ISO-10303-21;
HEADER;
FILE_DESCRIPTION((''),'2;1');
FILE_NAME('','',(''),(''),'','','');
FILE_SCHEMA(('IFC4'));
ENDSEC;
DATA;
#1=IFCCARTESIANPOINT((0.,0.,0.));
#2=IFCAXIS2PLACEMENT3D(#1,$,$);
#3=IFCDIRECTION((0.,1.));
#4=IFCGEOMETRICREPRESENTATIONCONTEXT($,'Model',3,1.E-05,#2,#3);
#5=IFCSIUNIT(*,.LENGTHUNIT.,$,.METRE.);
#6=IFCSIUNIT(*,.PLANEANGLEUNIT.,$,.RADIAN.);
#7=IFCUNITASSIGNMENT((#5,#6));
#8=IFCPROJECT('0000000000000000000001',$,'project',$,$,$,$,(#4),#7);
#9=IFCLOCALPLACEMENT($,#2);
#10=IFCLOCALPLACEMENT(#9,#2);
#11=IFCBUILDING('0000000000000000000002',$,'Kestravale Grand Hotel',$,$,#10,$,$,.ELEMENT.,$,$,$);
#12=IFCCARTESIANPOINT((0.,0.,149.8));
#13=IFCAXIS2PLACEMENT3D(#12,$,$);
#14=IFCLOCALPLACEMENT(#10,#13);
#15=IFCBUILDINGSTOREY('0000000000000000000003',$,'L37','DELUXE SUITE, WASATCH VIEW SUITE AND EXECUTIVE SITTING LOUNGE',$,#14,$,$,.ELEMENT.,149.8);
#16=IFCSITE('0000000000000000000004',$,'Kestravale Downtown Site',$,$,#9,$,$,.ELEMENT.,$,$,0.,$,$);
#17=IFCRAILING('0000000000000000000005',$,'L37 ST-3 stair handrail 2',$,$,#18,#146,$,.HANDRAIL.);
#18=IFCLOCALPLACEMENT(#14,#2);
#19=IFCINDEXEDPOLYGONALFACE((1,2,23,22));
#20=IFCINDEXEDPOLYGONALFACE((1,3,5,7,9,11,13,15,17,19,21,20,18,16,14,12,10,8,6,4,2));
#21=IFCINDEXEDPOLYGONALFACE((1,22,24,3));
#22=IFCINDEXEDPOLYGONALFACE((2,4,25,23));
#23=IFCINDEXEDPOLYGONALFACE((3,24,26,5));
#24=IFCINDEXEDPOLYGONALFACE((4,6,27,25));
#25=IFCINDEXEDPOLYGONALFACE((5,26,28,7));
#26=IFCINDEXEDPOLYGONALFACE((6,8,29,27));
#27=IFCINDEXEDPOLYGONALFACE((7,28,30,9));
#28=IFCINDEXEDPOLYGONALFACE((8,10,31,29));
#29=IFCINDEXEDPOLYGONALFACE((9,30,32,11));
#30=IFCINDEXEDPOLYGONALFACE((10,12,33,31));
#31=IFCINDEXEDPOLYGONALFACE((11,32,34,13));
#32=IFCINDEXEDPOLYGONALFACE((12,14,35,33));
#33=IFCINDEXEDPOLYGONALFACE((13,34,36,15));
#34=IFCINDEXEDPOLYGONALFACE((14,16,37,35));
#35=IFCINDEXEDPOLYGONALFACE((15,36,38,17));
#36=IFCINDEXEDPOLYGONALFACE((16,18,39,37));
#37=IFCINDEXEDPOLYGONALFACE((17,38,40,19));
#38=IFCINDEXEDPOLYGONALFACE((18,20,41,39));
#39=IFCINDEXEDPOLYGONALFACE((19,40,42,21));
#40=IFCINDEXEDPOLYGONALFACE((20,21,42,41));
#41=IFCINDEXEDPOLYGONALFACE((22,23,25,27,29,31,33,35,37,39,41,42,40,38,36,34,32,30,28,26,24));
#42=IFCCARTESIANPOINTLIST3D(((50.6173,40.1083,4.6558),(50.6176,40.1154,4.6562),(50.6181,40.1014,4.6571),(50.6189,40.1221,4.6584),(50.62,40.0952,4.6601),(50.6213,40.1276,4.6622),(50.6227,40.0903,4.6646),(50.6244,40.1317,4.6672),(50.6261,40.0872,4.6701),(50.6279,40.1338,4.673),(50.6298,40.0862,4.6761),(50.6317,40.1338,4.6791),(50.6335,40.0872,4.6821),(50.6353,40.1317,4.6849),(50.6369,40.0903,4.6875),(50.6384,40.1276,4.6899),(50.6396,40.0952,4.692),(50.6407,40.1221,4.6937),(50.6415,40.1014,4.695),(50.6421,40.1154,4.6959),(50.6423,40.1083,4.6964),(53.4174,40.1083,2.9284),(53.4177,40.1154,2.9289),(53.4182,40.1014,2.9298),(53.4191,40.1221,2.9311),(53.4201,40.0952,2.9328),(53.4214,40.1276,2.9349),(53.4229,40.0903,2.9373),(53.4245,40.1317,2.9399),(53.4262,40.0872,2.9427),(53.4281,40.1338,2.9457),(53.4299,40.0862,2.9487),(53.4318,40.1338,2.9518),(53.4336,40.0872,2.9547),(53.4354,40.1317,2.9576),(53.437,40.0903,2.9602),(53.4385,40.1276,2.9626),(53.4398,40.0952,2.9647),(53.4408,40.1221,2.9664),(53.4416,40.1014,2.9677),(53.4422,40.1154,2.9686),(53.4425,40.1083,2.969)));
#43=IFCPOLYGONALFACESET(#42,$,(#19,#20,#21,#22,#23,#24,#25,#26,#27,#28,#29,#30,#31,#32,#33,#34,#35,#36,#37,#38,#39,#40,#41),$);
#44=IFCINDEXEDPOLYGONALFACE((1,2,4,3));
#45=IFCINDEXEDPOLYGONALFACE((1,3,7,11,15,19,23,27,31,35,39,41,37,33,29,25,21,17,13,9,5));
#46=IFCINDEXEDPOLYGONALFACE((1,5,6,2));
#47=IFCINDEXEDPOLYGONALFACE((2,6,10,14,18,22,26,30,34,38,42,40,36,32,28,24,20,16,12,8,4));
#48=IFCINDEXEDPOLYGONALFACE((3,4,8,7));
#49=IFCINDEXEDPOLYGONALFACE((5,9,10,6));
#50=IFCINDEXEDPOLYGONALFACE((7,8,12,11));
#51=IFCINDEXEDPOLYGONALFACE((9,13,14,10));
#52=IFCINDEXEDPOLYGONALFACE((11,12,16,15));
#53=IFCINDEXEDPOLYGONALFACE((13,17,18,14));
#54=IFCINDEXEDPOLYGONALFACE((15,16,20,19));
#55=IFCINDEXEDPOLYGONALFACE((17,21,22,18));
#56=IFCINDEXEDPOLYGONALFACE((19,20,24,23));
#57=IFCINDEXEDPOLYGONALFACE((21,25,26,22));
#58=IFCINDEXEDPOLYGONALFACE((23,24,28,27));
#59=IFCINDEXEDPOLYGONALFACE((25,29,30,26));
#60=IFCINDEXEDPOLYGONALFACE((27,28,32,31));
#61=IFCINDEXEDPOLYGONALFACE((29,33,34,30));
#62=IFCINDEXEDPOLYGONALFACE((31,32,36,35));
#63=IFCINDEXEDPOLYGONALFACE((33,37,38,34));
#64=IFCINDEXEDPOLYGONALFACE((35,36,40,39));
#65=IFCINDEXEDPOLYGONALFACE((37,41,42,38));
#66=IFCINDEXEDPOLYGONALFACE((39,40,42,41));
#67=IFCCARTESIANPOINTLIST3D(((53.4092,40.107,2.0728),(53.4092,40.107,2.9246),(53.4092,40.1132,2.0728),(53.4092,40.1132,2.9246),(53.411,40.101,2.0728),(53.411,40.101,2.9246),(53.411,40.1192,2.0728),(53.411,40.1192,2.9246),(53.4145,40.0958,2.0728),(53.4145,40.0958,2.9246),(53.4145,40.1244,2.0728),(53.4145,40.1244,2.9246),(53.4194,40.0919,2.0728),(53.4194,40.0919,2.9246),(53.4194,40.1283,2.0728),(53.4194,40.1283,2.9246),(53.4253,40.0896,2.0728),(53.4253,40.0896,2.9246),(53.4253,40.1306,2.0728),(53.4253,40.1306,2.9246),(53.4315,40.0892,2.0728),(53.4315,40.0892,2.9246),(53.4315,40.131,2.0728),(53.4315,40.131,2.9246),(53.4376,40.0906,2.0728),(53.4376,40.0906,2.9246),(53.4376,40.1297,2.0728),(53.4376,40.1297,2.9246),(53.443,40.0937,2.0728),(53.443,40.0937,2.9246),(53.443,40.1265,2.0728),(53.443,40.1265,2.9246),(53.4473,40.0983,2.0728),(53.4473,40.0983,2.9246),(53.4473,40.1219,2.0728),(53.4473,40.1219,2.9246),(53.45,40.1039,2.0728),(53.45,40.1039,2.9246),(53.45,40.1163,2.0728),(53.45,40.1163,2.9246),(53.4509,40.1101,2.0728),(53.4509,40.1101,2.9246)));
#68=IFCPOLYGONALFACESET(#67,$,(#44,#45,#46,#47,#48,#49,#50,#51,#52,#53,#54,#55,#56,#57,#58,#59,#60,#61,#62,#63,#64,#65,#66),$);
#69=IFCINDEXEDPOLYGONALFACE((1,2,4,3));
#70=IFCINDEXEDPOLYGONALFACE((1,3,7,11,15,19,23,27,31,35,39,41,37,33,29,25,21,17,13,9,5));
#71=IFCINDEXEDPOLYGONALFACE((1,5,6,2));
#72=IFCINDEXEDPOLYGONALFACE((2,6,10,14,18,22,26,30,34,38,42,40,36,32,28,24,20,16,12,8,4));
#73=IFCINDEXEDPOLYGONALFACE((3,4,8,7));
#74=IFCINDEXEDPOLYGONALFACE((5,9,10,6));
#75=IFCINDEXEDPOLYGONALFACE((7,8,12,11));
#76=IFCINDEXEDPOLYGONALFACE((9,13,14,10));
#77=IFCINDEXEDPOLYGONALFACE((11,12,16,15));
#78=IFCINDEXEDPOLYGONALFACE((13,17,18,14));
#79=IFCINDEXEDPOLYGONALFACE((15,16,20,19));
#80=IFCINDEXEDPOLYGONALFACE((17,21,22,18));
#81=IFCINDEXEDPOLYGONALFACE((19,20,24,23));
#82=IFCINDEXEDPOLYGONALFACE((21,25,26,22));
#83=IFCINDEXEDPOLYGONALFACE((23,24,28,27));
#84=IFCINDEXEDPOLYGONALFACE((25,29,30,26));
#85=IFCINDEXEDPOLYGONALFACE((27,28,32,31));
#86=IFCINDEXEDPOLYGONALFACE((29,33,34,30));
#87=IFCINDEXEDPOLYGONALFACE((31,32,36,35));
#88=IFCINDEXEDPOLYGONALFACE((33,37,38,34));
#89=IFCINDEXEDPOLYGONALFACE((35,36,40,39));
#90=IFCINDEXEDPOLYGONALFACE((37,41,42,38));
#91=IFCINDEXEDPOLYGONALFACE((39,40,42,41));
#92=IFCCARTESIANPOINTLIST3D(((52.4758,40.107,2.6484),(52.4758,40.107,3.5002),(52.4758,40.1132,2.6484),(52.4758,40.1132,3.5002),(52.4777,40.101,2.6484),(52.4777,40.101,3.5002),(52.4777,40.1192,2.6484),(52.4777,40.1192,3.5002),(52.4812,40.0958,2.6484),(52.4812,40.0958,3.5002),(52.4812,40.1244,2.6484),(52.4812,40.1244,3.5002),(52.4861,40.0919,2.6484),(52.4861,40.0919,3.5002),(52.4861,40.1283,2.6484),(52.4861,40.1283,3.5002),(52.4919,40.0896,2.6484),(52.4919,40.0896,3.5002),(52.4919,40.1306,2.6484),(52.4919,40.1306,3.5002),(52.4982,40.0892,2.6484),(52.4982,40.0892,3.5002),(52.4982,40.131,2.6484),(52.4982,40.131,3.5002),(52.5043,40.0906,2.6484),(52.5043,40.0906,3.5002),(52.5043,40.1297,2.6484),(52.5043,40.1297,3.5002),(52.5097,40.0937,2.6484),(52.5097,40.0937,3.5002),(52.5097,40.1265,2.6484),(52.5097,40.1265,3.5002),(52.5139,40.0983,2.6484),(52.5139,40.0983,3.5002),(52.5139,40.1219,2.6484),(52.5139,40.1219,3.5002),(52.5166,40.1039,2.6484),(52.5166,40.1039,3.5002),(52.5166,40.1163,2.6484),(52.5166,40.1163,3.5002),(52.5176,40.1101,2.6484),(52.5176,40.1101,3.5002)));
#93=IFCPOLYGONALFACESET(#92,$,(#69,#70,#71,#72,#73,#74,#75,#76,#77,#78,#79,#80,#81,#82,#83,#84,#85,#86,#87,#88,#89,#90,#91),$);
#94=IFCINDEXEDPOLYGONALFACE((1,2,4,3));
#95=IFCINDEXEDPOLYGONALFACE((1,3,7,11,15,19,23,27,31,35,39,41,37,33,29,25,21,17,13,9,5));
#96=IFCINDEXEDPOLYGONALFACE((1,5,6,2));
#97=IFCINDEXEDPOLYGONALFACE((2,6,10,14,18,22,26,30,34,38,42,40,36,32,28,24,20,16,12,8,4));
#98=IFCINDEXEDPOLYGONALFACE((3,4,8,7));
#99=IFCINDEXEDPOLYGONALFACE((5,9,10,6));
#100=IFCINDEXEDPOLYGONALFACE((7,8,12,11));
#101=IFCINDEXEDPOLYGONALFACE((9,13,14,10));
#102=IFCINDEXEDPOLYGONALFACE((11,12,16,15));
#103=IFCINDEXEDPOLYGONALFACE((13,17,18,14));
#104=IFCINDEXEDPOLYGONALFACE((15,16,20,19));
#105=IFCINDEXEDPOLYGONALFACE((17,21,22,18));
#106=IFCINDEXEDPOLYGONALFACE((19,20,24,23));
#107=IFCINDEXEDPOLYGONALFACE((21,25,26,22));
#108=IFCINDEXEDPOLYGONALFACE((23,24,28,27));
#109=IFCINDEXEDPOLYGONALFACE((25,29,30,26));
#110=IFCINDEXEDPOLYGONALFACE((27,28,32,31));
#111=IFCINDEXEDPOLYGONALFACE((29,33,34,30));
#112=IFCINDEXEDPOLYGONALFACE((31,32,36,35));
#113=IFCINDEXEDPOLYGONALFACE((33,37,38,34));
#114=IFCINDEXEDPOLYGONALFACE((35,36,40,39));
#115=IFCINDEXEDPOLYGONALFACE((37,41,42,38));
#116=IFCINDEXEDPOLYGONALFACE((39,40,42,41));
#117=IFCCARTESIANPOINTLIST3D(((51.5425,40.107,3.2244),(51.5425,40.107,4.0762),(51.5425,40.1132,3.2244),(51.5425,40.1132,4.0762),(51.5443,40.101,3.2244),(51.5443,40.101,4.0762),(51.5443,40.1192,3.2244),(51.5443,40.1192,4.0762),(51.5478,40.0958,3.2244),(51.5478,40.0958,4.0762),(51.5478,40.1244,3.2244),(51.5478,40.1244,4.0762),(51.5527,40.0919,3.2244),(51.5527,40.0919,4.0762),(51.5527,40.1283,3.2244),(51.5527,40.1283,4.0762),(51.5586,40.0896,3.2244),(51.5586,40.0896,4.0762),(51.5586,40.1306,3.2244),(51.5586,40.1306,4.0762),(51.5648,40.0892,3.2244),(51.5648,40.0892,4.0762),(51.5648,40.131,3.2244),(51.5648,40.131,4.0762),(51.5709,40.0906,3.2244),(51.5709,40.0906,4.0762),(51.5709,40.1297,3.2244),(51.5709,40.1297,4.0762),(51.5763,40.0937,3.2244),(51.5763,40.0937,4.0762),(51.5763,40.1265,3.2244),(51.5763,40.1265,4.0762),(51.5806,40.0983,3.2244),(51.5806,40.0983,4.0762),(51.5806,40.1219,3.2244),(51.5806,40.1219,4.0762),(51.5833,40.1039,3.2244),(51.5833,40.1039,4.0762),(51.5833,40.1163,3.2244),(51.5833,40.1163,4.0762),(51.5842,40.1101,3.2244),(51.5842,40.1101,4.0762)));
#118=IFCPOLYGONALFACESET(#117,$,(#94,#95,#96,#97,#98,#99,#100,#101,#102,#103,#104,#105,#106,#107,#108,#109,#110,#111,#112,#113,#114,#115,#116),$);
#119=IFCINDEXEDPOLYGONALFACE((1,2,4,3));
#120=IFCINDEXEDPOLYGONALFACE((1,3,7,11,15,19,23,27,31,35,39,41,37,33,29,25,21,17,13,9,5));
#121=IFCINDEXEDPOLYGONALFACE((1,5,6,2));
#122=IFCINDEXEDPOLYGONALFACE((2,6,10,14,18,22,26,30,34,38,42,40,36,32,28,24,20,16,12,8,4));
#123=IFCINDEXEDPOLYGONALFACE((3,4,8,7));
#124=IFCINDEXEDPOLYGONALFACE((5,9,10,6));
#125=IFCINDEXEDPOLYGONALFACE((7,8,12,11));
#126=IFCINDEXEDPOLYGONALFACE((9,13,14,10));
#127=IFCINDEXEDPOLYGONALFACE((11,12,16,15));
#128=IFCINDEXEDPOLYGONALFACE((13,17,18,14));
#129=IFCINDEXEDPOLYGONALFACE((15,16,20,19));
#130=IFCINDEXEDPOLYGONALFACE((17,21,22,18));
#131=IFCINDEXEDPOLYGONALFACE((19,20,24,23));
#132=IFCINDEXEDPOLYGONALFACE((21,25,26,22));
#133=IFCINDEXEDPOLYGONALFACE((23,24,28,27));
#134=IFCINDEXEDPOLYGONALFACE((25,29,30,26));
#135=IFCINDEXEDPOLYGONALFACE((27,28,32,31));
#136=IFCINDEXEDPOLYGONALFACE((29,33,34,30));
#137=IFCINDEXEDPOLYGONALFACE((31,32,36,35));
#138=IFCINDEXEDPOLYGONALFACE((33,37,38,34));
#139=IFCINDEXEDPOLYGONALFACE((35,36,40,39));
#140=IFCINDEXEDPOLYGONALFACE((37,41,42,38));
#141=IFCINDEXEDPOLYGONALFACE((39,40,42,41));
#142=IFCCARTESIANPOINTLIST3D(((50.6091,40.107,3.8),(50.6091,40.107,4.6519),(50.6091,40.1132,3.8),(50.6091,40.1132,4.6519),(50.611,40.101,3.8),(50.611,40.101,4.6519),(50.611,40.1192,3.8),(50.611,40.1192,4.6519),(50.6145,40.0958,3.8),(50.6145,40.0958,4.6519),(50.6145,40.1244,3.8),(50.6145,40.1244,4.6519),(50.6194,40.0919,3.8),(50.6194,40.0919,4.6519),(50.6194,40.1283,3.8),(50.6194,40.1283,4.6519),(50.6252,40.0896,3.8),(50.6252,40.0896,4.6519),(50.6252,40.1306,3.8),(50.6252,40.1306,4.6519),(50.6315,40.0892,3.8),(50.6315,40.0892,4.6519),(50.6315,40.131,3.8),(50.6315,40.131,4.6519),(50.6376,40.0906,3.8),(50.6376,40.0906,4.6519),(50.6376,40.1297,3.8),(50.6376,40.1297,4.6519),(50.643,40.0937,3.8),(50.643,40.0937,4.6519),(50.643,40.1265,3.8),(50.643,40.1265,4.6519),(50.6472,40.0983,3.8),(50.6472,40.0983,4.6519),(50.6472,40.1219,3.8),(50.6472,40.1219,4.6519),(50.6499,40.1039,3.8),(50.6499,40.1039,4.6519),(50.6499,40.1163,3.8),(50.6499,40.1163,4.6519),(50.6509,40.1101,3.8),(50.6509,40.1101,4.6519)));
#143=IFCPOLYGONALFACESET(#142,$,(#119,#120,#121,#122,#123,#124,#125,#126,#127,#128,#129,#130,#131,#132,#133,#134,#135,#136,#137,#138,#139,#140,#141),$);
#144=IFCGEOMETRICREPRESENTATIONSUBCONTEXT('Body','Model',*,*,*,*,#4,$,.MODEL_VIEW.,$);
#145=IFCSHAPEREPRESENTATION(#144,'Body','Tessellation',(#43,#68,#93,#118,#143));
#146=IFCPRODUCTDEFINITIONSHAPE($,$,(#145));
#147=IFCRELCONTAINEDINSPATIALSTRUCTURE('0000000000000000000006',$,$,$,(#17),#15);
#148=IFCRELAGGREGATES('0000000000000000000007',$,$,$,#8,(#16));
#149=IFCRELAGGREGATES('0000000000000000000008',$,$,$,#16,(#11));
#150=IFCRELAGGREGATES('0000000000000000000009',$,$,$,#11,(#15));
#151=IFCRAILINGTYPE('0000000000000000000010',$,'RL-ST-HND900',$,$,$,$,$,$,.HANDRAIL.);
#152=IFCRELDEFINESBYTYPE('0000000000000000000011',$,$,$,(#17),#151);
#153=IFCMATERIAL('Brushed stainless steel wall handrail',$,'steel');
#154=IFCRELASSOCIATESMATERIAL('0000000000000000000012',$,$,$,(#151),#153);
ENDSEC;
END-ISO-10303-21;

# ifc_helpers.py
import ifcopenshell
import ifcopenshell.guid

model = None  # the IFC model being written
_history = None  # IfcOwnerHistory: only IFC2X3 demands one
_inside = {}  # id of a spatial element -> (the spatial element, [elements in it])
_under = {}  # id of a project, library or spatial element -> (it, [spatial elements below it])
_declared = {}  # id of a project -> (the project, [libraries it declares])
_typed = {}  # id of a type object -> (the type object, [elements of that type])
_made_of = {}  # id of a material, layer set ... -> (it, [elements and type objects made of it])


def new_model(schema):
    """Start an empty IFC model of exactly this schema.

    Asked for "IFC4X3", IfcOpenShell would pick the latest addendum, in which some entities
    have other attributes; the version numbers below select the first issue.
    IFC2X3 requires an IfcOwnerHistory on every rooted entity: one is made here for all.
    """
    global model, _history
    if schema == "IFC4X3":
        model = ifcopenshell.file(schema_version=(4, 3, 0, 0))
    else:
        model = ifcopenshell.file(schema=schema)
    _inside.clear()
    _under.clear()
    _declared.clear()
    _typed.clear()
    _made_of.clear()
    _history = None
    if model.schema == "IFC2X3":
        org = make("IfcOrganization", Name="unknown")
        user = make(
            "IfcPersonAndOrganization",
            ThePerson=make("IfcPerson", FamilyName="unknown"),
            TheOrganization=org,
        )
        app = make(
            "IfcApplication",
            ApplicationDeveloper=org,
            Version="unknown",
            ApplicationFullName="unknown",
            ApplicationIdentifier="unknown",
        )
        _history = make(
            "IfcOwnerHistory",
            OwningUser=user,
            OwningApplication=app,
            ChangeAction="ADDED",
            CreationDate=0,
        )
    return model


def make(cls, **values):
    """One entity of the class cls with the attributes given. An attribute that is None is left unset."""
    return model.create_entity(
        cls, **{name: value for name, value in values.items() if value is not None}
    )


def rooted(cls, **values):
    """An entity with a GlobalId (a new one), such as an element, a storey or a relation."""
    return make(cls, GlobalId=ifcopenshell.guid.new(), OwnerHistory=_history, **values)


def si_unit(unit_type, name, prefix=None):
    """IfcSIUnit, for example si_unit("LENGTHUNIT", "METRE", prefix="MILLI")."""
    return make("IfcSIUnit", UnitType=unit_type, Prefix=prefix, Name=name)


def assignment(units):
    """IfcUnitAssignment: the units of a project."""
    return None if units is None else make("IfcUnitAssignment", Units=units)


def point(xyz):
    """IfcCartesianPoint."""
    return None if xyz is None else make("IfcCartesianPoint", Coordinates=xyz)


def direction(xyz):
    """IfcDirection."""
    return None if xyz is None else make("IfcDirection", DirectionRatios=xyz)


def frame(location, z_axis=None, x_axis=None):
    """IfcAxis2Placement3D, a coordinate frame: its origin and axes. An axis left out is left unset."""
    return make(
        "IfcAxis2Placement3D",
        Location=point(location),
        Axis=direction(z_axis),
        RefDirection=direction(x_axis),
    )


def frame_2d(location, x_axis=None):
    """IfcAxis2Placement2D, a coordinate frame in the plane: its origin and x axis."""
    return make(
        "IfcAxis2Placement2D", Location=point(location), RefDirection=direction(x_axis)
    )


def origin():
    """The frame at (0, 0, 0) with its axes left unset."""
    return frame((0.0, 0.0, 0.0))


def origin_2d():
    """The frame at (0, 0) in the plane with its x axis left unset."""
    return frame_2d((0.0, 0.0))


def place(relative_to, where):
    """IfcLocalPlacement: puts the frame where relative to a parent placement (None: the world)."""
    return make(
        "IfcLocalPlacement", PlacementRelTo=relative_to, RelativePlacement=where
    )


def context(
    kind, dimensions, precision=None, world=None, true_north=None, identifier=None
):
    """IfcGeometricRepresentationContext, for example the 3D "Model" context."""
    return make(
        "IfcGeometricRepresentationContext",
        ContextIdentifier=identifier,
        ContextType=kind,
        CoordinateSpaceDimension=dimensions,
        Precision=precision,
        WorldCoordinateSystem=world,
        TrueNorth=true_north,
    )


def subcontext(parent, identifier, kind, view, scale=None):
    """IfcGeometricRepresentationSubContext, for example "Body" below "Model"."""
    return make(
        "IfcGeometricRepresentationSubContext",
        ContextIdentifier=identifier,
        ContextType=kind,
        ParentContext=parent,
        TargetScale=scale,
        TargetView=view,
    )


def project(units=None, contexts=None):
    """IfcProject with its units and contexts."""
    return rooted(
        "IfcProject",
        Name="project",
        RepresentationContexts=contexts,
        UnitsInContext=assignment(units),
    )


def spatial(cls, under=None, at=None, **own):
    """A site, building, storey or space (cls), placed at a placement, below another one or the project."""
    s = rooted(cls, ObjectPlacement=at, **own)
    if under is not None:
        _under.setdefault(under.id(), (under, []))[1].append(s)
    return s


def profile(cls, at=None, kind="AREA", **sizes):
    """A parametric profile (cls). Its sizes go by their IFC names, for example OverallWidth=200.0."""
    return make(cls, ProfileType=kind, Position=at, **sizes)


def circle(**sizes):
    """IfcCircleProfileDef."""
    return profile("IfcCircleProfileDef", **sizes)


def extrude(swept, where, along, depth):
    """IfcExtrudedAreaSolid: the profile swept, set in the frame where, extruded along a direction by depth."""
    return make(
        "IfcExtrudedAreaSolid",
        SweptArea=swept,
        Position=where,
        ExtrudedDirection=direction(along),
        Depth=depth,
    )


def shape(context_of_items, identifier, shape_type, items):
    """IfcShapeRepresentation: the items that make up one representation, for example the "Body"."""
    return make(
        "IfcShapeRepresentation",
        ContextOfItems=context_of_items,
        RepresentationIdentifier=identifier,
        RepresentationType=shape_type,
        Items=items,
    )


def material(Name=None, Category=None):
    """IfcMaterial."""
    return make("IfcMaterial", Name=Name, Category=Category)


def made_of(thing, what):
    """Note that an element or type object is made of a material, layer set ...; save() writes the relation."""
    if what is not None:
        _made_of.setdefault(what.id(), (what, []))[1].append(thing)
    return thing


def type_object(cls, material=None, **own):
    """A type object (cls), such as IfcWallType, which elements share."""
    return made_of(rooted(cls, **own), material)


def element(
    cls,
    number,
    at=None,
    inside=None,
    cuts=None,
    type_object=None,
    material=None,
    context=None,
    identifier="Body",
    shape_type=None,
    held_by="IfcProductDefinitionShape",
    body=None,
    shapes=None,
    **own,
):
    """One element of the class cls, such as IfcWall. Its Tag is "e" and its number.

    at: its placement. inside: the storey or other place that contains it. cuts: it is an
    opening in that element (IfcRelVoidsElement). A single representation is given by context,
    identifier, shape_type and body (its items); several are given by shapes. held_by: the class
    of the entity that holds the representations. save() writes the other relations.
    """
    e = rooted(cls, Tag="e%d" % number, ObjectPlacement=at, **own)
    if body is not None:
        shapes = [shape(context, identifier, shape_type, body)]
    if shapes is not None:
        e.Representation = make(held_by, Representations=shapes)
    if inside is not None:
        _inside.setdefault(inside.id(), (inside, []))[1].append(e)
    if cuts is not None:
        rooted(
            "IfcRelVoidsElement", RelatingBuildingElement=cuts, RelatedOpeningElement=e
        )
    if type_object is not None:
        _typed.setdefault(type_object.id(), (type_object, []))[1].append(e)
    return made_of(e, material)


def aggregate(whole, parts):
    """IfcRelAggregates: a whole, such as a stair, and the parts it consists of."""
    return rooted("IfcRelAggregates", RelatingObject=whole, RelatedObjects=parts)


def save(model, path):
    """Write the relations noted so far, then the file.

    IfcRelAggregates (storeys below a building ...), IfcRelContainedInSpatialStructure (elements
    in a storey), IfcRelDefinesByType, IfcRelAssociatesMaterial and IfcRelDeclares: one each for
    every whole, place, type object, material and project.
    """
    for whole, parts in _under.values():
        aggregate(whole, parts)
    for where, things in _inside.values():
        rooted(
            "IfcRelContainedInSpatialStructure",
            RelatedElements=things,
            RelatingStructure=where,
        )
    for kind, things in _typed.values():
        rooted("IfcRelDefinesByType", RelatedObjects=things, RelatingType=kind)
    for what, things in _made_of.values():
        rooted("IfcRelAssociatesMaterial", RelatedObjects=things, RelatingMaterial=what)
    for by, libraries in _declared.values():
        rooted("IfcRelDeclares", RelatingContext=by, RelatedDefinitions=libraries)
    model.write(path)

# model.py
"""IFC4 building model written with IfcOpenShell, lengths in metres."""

from ifc_helpers import new_model, si_unit, direction, frame, origin, origin_2d, place, context, subcontext, project, spatial, circle, extrude, material, type_object, element, save


model = new_model("IFC4")

# Units and contexts
model_context = context("Model", 3, precision=1e-05, world=origin(), true_north=direction((0.0, 1.0)))
body_context = subcontext(model_context, "Body", "Model", "MODEL_VIEW")
ifc_project = project(units=[si_unit("LENGTHUNIT", "METRE"), si_unit("PLANEANGLEUNIT", "RADIAN")], contexts=[model_context])

# Site, building, storey
site_placement = place(None, origin())
site = spatial("IfcSite", under=ifc_project, at=site_placement, Name="Kestravale Downtown Site", CompositionType="ELEMENT", RefElevation=0.0)
building_placement = place(site_placement, origin())
building = spatial("IfcBuilding", under=site, at=building_placement, Name="Kestravale Grand Hotel", CompositionType="ELEMENT")
storey_placement = place(building_placement, frame((0.0, 0.0, 149.8)))
storey = spatial("IfcBuildingStorey", under=building, at=storey_placement, Name="L37", Description="DELUXE SUITE, WASATCH VIEW SUITE AND EXECUTIVE SITTING LOUNGE", CompositionType="ELEMENT", Elevation=149.8)

# Railing
ifc_material_1 = material(Name="Brushed stainless steel wall handrail", Category="steel")
railing_type_1 = type_object("IfcRailingType", Name="RL-ST-HND900", PredefinedType="HANDRAIL", material=ifc_material_1)
railing_1_placement = place(storey_placement, frame((53.4299, 40.1101, 2.0728)))
element("IfcRailing", 1, at=railing_1_placement, inside=storey, type_object=railing_type_1, Name="L37 ST-3 stair handrail 2", PredefinedType="HANDRAIL", context=body_context, shape_type="SweptSolid", body=[
    extrude(circle(Radius=0.0239, at=origin_2d()), frame((0.0, 0.0, 0.876), z_axis=(-0.85109, 0.0, 0.52502), x_axis=(0.0, -1.0, 0.0)), (0.0, 0.0, 1.0), 3.29),
    extrude(circle(Radius=0.021, at=origin_2d()), origin(), (0.0, 0.0, 1.0), 0.8518),
    extrude(circle(Radius=0.021, at=origin_2d()), frame((-0.9333, 0.0, 0.5757)), (0.0, 0.0, 1.0), 0.8518),
    extrude(circle(Radius=0.021, at=origin_2d()), frame((-1.8667, 0.0, 1.1516)), (0.0, 0.0, 1.0), 0.8518),
    extrude(circle(Radius=0.021, at=origin_2d()), frame((-2.8, 0.0, 1.7273)), (0.0, 0.0, 1.0), 0.8518),
])

save(model, "model.ifc")
